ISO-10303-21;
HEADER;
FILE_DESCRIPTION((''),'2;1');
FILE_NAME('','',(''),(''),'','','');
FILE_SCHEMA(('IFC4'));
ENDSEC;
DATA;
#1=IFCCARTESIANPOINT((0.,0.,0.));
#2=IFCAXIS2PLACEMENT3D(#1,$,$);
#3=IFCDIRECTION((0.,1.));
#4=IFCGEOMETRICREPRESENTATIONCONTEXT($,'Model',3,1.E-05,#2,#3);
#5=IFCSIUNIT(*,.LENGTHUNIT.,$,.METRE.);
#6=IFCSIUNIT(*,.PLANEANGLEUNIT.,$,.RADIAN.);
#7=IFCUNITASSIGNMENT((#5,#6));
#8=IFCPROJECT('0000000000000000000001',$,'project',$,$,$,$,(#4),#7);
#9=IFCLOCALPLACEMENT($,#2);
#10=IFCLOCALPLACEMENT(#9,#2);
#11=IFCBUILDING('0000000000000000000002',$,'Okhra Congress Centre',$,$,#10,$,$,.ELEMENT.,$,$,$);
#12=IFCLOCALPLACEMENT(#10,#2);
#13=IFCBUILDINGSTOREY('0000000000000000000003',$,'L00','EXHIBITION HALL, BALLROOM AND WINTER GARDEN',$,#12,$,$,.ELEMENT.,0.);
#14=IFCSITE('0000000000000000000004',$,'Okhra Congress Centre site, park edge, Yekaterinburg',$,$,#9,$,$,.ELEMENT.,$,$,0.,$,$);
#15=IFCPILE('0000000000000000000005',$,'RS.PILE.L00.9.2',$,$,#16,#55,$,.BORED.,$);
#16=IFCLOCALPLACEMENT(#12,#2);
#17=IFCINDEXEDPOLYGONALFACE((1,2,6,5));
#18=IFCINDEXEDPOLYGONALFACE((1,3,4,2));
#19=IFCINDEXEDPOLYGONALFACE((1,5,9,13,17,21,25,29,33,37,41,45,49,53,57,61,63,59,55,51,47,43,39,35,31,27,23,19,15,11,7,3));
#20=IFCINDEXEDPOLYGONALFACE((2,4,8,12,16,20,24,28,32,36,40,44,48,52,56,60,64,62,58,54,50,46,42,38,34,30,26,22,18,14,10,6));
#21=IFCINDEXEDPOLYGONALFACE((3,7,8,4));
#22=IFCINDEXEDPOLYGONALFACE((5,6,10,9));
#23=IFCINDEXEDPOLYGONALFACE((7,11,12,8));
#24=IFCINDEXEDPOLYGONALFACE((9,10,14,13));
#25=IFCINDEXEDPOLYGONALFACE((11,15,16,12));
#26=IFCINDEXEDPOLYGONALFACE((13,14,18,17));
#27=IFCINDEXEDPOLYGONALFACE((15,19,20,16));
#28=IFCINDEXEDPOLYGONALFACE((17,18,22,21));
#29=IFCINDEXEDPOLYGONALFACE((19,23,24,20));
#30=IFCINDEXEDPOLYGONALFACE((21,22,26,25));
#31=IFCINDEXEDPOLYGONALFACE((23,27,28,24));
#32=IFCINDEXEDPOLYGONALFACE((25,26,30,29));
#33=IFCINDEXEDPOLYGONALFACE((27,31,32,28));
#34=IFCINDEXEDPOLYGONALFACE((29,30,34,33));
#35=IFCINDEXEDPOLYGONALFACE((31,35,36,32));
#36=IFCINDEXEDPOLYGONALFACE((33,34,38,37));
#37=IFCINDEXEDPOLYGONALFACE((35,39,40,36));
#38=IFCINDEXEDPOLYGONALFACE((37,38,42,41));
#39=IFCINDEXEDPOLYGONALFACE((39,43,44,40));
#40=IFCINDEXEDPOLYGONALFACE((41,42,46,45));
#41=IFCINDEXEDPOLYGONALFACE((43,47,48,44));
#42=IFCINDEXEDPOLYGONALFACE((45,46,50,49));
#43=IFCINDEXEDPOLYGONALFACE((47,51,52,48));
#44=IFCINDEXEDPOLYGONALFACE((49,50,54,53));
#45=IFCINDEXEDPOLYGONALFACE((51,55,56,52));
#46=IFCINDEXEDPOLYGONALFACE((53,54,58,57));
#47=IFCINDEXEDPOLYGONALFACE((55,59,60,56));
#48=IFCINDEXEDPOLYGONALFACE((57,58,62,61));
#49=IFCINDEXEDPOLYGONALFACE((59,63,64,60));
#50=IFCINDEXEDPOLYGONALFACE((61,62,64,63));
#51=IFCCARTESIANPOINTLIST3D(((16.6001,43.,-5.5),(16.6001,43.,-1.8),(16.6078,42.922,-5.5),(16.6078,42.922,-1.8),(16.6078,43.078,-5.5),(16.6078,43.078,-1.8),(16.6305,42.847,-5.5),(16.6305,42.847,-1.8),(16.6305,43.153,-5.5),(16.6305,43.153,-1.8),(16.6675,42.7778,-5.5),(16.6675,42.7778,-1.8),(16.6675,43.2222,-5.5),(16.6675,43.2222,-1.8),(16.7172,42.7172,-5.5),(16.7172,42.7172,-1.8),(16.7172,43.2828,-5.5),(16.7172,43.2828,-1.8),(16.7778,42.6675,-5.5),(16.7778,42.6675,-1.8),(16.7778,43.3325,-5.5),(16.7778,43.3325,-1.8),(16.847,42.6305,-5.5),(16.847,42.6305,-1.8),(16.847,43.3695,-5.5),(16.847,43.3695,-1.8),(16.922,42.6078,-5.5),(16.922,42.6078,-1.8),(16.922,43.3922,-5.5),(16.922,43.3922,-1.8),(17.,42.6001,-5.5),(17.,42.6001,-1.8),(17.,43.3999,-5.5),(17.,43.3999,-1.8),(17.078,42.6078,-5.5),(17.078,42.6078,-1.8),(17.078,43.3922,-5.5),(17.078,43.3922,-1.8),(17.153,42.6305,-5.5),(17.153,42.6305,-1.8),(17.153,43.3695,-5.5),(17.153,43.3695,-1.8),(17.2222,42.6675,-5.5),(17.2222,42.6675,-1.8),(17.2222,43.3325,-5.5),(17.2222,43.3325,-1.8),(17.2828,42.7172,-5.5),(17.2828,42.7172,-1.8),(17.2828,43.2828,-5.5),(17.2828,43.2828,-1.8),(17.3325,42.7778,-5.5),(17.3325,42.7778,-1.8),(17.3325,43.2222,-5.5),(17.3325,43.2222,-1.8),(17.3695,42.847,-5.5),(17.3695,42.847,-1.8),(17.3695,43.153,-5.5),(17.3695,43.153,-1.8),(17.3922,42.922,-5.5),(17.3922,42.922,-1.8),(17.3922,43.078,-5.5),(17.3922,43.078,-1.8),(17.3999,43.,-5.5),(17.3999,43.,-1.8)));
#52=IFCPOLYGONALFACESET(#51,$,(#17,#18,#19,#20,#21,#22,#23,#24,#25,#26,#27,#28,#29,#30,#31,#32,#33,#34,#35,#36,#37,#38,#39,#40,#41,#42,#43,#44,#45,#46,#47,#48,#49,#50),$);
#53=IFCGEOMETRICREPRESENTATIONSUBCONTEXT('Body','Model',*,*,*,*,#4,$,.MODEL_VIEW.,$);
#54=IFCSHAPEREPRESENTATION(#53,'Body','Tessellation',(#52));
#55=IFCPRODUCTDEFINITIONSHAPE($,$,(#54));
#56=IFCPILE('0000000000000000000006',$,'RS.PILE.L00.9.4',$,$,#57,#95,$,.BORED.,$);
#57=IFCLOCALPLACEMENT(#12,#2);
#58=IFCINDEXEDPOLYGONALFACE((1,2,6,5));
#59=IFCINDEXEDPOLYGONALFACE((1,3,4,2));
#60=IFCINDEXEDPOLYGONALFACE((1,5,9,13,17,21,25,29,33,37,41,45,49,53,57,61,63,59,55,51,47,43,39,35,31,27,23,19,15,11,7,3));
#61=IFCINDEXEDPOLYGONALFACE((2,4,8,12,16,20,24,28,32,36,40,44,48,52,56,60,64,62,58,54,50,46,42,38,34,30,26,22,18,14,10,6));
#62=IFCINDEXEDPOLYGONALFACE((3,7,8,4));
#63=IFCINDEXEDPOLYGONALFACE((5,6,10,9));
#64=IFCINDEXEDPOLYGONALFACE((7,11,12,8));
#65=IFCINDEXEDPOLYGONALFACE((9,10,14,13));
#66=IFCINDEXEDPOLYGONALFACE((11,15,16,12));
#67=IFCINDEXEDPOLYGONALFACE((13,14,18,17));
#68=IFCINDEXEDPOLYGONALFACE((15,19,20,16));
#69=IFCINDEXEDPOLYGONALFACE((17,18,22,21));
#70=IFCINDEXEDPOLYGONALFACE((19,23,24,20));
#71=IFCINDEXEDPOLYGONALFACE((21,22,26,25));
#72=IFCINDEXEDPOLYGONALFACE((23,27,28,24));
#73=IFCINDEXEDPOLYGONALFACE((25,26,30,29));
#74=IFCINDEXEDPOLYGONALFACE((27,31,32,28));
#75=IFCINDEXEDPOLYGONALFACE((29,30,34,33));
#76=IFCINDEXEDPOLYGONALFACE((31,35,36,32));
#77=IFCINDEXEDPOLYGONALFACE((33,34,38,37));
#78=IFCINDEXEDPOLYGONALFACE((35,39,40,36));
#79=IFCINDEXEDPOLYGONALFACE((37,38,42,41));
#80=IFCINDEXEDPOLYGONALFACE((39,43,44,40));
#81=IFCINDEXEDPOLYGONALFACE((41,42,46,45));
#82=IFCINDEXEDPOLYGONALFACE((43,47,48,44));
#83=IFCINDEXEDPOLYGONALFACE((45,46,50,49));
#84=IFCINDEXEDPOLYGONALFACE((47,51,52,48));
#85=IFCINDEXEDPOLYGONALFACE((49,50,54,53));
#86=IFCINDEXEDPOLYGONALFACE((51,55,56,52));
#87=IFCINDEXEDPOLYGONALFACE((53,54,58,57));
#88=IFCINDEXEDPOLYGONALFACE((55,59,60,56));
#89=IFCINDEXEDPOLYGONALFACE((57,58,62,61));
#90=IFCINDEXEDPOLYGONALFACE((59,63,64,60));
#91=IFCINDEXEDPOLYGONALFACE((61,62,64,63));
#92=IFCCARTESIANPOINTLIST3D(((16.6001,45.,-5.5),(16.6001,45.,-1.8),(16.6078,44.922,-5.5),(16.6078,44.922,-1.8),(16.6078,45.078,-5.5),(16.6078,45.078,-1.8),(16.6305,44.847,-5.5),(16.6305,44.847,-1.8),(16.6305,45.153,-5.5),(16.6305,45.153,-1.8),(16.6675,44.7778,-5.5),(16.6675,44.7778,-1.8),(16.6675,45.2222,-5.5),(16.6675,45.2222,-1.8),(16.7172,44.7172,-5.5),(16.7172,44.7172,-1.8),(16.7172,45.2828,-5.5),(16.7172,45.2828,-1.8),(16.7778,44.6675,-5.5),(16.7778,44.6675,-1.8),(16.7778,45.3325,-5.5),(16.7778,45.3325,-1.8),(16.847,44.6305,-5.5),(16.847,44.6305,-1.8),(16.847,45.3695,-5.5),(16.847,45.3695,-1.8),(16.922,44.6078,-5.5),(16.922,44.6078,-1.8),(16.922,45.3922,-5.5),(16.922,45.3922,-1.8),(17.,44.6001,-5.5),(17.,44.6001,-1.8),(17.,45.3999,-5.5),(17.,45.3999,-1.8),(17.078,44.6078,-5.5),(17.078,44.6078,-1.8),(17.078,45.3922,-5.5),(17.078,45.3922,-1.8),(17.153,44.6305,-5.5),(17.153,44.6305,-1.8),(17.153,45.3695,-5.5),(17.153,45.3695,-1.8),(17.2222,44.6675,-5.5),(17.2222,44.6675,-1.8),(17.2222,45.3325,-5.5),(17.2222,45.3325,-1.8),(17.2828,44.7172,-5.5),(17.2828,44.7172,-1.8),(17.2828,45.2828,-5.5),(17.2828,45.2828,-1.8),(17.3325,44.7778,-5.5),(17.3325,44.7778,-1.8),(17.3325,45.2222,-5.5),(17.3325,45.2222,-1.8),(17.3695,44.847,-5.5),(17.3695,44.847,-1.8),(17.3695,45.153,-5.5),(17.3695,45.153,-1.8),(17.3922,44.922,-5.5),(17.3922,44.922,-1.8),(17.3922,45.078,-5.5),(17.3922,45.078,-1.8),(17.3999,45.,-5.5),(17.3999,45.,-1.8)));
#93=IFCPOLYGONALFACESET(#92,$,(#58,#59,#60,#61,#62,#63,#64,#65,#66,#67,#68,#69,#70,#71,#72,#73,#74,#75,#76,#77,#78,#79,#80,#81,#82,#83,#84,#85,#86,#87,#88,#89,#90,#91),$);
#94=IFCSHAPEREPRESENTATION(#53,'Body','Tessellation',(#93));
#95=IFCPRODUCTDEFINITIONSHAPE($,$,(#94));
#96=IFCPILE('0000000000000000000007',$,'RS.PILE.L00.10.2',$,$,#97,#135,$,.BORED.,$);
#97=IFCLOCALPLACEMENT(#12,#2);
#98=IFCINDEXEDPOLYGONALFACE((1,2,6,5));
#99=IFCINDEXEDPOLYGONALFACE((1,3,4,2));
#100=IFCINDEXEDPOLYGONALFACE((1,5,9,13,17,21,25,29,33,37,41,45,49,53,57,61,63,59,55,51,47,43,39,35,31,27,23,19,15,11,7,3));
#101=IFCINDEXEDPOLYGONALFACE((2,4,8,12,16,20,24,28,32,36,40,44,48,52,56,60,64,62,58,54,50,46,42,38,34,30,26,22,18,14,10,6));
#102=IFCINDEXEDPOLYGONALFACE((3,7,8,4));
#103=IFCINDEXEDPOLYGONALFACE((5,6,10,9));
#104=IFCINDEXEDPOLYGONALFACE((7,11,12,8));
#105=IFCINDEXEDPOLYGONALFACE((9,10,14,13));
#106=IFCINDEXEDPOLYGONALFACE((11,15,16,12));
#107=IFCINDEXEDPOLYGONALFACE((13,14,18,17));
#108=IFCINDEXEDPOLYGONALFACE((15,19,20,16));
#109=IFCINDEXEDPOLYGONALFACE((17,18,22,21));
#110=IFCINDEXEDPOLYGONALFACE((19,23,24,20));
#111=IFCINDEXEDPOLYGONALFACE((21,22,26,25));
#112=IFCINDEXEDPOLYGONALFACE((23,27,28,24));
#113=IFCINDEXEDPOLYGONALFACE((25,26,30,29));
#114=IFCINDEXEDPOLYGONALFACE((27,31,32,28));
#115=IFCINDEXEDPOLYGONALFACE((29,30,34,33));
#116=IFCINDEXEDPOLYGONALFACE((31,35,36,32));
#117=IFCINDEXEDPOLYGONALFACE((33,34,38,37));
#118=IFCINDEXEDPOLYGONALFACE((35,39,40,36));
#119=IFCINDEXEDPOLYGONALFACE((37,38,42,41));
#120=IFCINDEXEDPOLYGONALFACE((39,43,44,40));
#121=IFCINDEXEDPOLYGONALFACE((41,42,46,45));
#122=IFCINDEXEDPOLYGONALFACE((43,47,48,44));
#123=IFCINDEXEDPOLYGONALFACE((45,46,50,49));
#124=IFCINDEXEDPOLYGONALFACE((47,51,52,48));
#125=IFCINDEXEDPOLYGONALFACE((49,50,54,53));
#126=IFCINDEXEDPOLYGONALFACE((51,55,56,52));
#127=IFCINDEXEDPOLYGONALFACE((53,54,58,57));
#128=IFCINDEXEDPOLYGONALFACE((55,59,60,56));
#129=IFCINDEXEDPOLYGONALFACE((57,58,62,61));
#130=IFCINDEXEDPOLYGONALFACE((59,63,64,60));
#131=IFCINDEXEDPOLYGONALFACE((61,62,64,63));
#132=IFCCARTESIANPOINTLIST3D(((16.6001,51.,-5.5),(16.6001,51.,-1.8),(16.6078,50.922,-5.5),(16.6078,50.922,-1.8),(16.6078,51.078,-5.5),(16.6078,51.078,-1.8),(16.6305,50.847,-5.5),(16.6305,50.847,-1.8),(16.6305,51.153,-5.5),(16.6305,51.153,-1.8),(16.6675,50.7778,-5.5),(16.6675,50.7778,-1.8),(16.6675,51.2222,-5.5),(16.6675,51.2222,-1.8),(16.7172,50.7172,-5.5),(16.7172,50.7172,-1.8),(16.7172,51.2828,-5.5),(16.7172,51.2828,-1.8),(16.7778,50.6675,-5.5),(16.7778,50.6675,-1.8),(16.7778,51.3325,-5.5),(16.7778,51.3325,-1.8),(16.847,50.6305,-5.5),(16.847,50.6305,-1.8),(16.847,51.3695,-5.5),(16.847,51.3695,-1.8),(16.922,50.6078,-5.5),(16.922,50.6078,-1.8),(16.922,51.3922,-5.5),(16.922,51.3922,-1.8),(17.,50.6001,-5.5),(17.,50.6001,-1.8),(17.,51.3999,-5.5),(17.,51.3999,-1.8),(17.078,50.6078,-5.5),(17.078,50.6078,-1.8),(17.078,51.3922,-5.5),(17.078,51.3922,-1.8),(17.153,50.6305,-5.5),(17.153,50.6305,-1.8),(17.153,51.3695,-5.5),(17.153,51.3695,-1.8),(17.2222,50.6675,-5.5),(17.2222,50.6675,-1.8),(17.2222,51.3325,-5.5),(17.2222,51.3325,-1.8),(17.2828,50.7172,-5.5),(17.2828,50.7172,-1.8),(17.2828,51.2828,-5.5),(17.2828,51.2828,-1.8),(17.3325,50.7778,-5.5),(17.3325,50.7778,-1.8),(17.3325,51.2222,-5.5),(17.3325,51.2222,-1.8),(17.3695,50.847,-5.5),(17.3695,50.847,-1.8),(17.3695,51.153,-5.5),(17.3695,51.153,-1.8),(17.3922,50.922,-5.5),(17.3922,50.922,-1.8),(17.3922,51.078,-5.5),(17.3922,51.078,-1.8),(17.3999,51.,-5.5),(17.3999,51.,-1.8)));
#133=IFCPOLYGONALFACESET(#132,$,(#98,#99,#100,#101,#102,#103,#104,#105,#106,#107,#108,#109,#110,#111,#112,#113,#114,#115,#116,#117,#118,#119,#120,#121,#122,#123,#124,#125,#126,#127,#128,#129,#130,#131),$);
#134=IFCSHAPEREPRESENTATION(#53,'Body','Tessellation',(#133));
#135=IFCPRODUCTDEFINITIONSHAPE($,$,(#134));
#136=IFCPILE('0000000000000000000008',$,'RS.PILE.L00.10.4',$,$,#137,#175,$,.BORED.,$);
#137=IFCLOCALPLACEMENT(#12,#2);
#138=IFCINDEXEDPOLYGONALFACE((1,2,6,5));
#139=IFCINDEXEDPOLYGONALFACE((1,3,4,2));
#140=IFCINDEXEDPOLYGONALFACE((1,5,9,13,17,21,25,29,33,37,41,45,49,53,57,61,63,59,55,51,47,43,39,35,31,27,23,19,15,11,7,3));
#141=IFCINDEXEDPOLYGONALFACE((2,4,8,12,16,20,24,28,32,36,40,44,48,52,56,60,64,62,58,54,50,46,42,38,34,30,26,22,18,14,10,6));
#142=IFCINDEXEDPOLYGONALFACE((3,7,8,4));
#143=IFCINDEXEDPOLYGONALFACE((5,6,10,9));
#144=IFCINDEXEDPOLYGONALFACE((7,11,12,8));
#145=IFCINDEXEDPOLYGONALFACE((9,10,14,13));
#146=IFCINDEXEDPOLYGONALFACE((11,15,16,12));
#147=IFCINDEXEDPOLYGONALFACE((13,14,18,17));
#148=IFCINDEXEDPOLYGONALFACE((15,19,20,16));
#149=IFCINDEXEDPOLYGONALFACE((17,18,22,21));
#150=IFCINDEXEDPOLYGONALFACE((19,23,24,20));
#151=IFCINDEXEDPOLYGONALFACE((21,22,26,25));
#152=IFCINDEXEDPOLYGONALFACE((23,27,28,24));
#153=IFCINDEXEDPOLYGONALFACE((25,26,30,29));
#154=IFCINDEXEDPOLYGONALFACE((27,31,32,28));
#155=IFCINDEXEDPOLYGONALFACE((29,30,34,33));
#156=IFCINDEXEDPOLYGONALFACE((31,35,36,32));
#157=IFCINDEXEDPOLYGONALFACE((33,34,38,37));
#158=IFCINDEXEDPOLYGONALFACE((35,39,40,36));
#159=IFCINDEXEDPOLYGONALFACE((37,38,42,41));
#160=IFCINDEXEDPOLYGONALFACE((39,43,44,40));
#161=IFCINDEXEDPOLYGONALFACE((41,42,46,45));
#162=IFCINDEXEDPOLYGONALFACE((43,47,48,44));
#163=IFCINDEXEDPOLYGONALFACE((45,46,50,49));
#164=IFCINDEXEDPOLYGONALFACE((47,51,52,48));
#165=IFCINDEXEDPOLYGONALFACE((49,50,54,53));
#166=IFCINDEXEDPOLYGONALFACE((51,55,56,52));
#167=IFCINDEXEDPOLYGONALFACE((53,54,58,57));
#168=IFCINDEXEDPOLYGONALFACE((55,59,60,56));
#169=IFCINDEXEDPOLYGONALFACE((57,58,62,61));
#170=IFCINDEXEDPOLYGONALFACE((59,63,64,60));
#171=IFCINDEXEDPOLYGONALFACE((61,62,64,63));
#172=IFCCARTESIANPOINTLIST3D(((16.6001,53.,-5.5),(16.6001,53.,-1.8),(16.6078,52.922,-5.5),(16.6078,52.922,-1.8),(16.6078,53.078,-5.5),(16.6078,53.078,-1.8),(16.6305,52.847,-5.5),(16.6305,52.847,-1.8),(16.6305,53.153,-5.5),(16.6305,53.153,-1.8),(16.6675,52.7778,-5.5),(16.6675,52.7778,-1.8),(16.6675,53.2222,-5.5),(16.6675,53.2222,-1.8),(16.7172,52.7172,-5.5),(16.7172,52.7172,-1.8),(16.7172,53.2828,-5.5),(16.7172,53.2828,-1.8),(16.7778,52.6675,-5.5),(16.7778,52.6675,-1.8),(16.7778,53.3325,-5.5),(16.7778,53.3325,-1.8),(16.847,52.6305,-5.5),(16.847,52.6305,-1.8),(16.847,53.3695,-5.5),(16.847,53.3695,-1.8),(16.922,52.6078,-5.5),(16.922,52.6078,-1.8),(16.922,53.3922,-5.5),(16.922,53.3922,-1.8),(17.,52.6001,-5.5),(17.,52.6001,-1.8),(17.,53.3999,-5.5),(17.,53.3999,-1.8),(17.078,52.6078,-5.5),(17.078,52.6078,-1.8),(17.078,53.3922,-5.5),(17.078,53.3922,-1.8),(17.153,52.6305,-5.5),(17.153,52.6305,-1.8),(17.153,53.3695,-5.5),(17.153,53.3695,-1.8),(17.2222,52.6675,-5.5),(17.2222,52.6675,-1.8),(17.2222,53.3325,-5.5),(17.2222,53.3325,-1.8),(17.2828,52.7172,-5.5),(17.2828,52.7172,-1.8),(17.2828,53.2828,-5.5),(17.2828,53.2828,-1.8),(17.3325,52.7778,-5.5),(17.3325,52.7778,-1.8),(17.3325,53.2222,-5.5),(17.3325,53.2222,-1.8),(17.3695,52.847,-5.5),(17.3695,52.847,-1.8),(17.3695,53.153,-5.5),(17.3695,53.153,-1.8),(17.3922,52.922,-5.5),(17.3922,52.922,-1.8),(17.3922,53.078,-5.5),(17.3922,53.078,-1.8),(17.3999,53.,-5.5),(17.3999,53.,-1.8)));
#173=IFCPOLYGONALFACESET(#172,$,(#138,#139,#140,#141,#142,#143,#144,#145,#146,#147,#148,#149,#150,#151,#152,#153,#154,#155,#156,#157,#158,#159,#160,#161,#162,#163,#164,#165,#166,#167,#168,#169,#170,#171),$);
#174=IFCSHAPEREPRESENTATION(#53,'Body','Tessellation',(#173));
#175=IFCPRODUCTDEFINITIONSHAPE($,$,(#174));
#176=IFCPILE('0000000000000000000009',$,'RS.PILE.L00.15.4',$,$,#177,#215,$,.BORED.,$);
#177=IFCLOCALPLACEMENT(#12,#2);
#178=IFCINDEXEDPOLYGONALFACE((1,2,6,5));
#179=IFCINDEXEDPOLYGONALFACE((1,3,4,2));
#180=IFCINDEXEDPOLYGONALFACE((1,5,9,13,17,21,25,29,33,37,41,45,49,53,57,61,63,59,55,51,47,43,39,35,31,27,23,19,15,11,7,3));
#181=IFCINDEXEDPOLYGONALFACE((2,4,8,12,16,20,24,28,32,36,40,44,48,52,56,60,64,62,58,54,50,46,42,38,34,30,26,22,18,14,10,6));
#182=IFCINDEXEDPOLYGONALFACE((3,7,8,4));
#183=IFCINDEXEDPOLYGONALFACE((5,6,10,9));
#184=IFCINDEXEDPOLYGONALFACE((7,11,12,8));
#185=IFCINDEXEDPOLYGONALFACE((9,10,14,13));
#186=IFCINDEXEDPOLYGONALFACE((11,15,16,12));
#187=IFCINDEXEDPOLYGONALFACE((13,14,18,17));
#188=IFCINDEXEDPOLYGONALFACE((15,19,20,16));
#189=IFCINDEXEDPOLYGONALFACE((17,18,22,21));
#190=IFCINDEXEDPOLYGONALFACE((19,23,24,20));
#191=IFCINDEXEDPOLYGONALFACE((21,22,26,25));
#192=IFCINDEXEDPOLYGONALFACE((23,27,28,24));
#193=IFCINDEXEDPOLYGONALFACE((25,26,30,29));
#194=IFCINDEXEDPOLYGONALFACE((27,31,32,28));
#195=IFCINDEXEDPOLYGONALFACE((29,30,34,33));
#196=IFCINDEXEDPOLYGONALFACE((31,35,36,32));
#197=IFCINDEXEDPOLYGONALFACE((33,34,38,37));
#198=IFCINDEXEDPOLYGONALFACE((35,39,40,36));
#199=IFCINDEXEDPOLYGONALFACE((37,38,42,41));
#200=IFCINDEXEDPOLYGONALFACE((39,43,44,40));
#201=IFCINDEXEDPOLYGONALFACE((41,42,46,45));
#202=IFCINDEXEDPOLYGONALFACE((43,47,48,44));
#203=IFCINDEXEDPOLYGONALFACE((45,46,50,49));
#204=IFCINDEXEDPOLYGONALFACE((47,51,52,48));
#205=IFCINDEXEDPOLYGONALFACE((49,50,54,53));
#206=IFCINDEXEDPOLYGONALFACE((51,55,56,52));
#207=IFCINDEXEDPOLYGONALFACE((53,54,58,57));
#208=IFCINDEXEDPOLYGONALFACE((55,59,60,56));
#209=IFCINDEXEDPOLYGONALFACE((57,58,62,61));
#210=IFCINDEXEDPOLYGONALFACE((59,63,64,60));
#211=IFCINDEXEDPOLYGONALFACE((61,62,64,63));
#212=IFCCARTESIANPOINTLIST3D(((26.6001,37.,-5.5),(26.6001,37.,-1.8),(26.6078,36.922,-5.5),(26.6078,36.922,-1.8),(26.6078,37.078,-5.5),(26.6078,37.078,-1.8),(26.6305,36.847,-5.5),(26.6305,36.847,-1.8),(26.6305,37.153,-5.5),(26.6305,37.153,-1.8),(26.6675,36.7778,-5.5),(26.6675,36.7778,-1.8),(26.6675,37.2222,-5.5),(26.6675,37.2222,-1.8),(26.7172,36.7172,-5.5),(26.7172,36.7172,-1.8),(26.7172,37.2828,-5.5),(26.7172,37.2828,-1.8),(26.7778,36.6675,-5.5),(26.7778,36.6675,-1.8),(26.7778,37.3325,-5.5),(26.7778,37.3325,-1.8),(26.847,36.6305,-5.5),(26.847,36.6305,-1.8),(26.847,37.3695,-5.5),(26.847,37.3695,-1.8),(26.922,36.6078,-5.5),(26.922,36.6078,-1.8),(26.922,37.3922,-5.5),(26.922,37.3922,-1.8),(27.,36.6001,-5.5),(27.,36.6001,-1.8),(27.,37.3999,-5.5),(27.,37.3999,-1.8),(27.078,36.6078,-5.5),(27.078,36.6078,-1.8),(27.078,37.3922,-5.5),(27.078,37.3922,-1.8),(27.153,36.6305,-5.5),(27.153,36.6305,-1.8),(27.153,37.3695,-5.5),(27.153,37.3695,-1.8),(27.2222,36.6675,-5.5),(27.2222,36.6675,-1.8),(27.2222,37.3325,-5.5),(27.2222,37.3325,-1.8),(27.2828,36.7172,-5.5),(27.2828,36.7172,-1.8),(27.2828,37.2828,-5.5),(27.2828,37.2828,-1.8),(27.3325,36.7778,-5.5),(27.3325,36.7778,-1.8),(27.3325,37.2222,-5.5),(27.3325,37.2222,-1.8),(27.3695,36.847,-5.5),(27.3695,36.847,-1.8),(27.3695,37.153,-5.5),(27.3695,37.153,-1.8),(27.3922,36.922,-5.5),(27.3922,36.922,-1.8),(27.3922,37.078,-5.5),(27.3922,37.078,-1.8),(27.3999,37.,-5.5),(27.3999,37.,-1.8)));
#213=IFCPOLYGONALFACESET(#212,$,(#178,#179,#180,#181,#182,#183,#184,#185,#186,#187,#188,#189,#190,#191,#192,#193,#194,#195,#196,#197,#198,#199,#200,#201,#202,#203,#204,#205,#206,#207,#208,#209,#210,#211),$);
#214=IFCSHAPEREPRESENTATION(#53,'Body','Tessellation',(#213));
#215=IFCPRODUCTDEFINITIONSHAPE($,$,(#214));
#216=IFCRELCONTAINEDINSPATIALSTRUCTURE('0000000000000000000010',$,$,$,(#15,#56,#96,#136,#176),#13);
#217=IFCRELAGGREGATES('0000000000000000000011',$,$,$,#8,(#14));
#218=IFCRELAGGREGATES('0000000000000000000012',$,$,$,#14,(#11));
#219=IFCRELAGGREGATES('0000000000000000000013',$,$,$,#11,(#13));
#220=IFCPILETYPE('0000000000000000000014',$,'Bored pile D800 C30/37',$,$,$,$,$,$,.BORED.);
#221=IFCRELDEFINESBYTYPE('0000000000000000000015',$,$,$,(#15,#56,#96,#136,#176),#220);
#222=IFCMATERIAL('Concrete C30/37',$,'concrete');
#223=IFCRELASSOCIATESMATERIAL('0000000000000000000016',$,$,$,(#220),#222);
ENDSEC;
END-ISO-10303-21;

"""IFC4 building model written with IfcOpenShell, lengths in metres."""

from ifc_helpers import new_model, si_unit, direction, frame, origin, origin_2d, place, context, subcontext, project, spatial, circle, extrude, material, material_profile, profile_set, type_object, element, save


model = new_model("IFC4")

# Units and contexts
model_context = context("Model", 3, precision=1e-05, world=origin(), true_north=direction((0.0, 1.0)))
body_context = subcontext(model_context, "Body", "Model", "MODEL_VIEW")
ifc_project = project(units=[si_unit("LENGTHUNIT", "METRE"), si_unit("PLANEANGLEUNIT", "RADIAN")], contexts=[model_context])

# Site, building, storey
site_placement = place(None, origin())
site = spatial("IfcSite", under=ifc_project, at=site_placement, Name="Okhra Congress Centre site, park edge, Yekaterinburg", CompositionType="ELEMENT", RefElevation=0.0)
building_placement = place(site_placement, origin())
building = spatial("IfcBuilding", under=site, at=building_placement, Name="Okhra Congress Centre", CompositionType="ELEMENT")
storey_placement = place(building_placement, origin())
storey = spatial("IfcBuildingStorey", under=building, at=storey_placement, Name="L00", Description="EXHIBITION HALL, BALLROOM AND WINTER GARDEN", CompositionType="ELEMENT", Elevation=0.0)

# Piles
ifc_material_1 = material(Name="Concrete C30/37", Category="concrete")
ifc_material_profile_1 = material_profile(ifc_material_1, circle(Radius=0.3999, at=origin_2d()), Name="D800")
ifc_profile_set_1 = profile_set([ifc_material_profile_1], Name="Concrete C30/37")
pile_type = type_object("IfcPileType", Name="Bored pile D800 C30/37", PredefinedType="BORED", material=ifc_profile_set_1)
for number, where, z_axis, x_axis, name in (
    (1, (17.0, 43.0, -1.8), (0.0, 0.0, -1.0), (1.0, 0.0, 0.0), "RS.PILE.L00.9.2"),
    (2, (17.0, 45.0, -1.8), (0.0, 0.0, -1.0), (1.0, 0.0, 0.0), "RS.PILE.L00.9.4"),
    (3, (17.0, 51.0, -1.8), (0.0, 0.0, -1.0), (1.0, 0.0, 0.0), "RS.PILE.L00.10.2"),
    (4, (17.0, 53.0, -1.8), (0.0, 0.0, -1.0), (1.0, 0.0, 0.0), "RS.PILE.L00.10.4"),
    (5, (27.0, 37.0, -1.8), (0.0, 0.0, -1.0), (1.0, 0.0, 0.0), "RS.PILE.L00.15.4"),
):
    element("IfcPile", number, at=place(storey_placement, frame(where, z_axis=z_axis, x_axis=x_axis)), inside=storey, type_object=pile_type, Name=name, PredefinedType="BORED", context=body_context, shape_type="SweptSolid", body=[
        extrude(circle(Radius=0.3999, at=origin_2d()), origin(), (0.0, 0.0, 1.0), 3.7),
    ])

save(model, "model.ifc")
